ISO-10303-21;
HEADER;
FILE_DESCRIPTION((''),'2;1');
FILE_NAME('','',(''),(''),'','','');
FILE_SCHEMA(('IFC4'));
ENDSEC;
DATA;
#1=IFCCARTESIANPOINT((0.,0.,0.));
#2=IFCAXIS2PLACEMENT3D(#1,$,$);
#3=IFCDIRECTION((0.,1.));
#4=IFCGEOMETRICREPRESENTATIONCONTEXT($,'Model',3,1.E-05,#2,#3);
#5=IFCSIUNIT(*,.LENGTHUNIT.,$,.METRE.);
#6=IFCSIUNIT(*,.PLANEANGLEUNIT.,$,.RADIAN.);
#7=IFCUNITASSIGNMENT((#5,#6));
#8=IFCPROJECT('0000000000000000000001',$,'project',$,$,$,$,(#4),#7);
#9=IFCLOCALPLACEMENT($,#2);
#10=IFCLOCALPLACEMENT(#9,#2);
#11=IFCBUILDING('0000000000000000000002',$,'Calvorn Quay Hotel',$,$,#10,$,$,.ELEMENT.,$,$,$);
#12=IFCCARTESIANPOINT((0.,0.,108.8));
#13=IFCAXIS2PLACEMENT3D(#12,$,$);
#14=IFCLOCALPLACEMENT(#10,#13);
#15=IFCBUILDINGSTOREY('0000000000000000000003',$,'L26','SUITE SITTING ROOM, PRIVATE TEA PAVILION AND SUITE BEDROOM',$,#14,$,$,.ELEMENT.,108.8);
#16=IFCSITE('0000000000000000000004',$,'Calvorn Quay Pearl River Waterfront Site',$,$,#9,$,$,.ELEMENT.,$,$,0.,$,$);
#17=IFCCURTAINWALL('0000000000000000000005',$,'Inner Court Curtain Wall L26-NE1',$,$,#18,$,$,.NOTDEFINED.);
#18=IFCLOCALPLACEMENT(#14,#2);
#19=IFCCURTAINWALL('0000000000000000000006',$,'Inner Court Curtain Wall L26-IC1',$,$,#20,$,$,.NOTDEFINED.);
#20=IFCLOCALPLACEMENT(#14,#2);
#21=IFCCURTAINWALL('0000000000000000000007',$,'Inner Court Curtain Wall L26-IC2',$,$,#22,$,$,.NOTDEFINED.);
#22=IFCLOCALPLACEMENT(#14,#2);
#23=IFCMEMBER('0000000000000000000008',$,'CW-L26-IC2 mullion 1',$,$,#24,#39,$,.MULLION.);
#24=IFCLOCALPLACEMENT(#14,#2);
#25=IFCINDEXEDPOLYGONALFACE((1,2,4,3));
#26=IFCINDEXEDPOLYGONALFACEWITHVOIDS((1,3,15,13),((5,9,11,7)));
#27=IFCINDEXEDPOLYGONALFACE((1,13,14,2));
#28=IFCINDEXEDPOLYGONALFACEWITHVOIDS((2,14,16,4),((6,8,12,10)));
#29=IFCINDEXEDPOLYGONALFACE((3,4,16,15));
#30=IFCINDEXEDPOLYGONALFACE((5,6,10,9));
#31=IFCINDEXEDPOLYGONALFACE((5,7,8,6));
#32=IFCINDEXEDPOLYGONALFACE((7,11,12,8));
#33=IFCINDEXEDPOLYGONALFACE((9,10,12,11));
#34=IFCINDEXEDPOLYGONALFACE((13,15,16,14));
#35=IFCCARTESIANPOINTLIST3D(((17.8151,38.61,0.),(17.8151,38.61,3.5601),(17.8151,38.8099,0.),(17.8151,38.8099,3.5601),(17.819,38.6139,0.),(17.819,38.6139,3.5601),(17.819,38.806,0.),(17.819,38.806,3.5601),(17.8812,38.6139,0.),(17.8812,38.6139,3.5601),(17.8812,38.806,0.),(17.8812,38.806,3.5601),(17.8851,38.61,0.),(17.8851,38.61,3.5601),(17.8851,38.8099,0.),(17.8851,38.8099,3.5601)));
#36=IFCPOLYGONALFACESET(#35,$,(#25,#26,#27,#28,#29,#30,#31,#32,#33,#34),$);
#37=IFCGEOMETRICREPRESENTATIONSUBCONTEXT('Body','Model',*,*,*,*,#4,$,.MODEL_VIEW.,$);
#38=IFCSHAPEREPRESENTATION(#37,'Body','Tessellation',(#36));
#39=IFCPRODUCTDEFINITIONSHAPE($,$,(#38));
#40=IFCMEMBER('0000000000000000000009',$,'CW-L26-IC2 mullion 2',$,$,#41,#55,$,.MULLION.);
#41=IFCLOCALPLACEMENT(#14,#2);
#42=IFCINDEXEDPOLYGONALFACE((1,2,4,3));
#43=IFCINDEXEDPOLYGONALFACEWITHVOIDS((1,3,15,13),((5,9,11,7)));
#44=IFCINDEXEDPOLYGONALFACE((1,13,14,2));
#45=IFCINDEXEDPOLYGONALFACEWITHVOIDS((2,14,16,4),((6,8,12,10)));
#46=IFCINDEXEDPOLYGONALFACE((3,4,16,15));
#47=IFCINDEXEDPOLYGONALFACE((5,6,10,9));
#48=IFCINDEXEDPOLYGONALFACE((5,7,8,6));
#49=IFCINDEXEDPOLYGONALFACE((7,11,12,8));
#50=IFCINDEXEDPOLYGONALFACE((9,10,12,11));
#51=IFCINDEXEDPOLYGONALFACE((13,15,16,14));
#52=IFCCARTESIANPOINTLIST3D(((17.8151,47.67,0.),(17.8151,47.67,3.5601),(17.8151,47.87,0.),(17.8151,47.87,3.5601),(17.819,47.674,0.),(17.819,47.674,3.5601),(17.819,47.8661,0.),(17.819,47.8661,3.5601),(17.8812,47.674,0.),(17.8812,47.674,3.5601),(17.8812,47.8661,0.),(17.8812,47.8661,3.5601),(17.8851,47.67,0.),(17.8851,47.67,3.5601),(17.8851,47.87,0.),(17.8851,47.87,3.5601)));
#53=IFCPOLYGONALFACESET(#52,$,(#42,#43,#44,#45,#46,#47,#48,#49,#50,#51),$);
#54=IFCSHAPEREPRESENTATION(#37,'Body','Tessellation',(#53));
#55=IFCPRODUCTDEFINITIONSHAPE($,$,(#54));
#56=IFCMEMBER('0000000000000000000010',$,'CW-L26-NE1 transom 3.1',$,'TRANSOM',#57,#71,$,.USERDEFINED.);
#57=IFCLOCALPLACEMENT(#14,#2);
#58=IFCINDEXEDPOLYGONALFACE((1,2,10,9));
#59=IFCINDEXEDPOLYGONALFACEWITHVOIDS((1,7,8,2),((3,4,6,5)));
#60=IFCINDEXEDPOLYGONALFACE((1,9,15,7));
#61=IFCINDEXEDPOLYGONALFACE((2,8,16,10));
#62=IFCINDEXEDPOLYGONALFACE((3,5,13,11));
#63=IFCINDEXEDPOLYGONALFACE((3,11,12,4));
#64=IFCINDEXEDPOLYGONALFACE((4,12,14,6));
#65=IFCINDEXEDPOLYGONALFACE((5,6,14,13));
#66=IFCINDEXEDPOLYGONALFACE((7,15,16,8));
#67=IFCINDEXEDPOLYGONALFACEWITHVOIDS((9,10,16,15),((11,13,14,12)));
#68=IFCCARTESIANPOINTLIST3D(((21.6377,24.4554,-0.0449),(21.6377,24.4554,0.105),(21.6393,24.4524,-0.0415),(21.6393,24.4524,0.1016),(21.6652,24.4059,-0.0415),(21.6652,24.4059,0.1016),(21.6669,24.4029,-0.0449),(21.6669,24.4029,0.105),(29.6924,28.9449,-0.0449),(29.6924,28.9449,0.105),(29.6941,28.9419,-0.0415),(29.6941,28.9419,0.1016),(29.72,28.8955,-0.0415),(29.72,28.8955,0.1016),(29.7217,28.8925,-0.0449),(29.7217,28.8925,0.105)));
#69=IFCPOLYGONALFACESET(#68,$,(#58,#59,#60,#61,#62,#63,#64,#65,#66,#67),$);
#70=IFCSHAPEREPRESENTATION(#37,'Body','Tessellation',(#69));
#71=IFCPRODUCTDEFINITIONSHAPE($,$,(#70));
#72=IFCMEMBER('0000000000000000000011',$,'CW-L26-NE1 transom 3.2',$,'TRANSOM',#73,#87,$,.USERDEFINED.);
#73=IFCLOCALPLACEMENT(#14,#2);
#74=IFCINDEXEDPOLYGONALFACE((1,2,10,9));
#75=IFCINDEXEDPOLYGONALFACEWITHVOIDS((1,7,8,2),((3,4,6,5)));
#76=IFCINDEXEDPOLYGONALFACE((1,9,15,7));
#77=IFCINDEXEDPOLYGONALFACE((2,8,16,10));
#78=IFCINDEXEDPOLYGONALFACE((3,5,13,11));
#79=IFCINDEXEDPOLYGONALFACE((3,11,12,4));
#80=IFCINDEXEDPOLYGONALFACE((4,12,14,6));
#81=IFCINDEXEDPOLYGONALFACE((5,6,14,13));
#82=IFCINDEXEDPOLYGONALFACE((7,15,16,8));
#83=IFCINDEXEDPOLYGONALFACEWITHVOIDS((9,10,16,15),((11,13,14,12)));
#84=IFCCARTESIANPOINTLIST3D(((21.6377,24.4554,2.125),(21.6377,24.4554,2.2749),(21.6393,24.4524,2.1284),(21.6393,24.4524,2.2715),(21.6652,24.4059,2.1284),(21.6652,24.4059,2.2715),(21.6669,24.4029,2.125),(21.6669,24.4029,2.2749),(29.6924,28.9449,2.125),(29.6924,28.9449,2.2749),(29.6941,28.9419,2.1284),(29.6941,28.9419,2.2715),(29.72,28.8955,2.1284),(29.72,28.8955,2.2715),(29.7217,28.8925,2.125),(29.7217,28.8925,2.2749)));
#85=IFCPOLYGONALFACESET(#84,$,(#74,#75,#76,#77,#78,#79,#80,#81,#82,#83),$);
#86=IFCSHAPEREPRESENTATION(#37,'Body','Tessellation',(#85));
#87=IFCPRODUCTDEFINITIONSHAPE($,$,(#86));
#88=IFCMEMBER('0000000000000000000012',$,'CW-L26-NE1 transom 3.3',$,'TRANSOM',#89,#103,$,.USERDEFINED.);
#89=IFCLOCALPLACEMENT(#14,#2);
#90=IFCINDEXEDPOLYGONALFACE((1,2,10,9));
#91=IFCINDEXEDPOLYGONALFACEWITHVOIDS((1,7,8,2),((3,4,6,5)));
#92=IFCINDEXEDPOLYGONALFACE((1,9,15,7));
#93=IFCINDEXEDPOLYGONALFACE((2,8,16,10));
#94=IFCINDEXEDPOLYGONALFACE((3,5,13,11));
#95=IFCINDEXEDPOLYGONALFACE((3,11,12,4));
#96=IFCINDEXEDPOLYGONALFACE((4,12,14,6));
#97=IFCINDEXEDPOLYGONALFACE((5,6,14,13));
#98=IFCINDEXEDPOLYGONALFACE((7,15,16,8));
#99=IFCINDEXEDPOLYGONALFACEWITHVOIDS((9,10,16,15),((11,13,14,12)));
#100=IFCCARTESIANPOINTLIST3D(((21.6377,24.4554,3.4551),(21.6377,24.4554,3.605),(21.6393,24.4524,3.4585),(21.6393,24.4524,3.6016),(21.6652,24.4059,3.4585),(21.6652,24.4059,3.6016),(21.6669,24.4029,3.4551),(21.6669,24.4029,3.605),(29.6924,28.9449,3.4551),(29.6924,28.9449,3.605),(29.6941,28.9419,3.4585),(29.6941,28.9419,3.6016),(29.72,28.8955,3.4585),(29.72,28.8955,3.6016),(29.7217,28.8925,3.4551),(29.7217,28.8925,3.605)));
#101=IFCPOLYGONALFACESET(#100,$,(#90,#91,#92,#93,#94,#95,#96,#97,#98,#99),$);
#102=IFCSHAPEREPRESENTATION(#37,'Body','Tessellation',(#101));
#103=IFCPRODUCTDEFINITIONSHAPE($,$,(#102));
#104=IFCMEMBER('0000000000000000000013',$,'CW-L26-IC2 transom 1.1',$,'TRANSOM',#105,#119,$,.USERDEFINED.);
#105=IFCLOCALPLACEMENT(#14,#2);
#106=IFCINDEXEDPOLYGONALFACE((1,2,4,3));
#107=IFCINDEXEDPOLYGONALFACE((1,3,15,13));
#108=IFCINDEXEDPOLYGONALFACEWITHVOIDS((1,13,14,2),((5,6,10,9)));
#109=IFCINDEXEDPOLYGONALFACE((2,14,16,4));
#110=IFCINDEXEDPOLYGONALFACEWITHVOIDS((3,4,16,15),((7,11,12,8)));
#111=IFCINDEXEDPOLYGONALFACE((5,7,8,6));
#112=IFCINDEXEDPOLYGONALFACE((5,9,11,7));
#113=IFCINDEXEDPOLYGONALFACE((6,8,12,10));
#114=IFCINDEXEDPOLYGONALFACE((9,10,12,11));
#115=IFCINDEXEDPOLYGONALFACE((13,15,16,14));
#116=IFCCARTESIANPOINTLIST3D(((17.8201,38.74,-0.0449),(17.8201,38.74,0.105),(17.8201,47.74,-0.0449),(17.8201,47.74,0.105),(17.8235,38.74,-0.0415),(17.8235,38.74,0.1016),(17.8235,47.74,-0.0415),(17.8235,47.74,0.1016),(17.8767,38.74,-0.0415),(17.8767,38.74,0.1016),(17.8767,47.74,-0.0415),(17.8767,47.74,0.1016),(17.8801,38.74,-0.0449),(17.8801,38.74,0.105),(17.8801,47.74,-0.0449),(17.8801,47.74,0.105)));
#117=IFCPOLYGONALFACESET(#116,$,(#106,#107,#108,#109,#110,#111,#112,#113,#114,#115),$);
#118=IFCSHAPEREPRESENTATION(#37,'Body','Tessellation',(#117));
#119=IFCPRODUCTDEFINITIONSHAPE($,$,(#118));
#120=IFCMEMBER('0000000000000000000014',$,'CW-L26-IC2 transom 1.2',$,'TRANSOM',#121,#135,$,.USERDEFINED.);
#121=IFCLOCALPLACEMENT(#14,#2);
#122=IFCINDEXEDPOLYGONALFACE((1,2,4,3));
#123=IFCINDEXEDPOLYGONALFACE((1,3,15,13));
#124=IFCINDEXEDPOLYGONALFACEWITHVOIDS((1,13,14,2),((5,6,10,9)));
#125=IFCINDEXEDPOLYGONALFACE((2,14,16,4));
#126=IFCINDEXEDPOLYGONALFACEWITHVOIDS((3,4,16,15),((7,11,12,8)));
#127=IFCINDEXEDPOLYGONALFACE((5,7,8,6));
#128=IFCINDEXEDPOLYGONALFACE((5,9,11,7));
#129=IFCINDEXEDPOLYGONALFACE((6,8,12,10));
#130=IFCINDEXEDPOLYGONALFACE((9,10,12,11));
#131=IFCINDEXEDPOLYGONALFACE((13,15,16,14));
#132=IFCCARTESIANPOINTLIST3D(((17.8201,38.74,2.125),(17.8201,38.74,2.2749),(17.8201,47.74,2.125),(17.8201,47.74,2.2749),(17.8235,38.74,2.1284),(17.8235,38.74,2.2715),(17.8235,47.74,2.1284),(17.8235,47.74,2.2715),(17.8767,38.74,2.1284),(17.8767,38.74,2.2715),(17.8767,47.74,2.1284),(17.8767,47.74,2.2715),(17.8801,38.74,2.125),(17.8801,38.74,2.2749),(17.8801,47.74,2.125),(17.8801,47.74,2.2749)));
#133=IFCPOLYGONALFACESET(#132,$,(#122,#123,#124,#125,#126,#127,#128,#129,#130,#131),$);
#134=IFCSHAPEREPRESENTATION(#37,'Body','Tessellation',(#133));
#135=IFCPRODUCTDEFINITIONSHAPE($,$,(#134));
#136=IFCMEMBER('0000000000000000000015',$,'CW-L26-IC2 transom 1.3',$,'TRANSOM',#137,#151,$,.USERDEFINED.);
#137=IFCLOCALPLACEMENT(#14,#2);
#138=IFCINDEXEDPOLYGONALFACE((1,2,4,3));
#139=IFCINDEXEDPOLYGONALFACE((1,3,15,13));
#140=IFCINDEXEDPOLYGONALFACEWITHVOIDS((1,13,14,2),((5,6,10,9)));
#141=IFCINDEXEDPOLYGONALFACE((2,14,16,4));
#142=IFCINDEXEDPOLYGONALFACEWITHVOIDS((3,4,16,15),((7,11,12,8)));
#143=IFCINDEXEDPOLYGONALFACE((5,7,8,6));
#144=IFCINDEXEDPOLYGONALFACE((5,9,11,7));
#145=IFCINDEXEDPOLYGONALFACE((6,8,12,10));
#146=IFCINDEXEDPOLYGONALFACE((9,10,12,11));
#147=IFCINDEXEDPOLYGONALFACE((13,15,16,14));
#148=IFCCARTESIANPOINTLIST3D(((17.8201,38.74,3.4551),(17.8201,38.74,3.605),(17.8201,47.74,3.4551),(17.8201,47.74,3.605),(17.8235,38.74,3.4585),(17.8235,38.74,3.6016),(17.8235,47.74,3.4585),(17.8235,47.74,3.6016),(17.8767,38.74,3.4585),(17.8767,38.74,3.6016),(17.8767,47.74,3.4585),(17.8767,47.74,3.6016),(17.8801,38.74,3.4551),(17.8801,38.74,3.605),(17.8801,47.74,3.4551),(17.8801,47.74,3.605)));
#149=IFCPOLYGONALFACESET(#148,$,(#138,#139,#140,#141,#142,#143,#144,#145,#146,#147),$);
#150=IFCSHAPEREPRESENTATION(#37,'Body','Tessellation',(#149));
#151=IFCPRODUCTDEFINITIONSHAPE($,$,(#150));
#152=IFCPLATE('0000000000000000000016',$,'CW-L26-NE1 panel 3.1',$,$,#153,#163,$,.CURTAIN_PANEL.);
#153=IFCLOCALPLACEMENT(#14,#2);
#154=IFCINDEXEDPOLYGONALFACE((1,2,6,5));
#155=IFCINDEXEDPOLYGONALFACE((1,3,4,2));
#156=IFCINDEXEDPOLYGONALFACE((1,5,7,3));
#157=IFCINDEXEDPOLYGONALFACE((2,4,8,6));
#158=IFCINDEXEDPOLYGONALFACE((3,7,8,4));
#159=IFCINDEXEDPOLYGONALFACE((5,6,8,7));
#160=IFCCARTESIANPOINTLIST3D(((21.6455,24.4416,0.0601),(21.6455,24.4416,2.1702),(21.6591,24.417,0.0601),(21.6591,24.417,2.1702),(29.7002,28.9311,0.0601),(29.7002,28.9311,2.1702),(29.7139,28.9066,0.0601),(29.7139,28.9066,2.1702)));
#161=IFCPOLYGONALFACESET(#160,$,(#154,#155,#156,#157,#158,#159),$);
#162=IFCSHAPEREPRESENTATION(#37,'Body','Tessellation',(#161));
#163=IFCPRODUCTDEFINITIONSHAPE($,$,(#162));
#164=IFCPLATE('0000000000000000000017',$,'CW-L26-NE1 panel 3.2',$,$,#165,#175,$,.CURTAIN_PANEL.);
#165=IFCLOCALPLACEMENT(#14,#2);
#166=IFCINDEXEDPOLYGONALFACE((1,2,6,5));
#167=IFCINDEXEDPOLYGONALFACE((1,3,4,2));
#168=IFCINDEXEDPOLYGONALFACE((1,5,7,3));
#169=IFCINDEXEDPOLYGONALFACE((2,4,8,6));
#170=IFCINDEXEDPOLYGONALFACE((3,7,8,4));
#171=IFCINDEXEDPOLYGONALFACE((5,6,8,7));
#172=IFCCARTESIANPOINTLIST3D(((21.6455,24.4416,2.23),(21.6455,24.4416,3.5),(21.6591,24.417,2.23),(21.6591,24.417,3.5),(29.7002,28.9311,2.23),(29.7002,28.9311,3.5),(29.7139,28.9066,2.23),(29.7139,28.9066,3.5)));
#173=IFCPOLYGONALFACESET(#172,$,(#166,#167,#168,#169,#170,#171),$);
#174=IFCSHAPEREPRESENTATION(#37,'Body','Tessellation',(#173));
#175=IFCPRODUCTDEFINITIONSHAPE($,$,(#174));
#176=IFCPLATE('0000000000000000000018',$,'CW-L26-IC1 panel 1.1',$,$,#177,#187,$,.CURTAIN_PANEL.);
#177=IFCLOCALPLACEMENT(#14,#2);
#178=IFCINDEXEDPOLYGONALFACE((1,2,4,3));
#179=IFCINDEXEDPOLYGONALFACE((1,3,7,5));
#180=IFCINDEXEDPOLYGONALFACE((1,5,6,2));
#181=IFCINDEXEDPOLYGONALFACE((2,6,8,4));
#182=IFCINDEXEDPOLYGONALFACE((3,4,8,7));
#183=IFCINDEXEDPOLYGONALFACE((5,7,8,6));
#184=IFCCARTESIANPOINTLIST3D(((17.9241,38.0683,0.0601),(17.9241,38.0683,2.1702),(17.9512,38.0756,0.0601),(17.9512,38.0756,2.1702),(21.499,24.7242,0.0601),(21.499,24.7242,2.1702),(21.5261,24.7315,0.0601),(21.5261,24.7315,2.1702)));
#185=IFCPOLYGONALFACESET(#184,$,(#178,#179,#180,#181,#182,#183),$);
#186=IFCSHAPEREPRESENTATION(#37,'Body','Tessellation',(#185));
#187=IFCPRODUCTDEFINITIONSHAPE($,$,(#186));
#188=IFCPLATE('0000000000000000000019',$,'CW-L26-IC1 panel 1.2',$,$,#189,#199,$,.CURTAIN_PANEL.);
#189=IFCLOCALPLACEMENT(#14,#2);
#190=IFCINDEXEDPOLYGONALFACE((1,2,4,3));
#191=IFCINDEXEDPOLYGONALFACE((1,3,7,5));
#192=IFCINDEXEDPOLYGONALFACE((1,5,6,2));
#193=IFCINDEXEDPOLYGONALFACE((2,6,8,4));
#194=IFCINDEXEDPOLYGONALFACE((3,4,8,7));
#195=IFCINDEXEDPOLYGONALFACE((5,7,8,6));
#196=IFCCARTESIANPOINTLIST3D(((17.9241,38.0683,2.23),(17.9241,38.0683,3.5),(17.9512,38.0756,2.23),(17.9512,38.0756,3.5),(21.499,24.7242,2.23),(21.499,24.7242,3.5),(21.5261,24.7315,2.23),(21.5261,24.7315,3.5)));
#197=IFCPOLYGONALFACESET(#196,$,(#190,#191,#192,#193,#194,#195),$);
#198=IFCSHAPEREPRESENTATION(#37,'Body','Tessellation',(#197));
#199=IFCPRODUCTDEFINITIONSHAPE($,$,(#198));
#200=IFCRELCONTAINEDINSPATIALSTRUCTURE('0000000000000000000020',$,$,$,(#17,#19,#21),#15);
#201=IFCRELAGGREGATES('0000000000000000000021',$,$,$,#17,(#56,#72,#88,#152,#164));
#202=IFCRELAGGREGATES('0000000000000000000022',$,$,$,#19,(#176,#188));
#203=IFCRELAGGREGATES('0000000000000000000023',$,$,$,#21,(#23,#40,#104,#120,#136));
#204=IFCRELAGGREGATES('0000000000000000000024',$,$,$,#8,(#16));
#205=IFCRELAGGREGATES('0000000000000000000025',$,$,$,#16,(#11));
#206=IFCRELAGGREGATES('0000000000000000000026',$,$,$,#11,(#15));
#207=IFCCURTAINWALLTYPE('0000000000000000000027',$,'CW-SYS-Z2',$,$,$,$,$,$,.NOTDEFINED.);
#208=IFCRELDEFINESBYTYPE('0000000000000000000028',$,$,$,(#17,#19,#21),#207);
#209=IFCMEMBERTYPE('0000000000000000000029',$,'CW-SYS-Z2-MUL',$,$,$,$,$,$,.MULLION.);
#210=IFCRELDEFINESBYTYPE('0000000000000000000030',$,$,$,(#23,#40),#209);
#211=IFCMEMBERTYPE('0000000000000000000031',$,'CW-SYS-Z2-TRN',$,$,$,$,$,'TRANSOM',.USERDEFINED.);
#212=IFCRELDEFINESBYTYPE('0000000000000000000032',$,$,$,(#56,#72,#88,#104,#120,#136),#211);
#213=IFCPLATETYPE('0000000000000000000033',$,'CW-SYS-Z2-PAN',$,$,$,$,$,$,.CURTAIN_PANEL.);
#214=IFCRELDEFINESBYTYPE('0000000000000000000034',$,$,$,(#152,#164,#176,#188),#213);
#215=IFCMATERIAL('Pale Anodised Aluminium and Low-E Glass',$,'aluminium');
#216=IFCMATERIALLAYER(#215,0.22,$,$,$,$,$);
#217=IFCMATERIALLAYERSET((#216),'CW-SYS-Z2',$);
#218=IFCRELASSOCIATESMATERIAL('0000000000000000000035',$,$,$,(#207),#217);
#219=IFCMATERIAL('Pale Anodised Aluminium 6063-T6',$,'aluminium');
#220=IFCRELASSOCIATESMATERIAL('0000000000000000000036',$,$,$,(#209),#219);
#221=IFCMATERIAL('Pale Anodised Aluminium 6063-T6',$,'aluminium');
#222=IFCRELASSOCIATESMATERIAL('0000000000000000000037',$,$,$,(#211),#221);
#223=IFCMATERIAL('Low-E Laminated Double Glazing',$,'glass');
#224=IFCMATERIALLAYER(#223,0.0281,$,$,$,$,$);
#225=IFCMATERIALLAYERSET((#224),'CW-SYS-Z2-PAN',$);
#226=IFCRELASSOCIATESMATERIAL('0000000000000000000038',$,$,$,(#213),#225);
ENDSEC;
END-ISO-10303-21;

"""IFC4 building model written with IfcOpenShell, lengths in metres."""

from ifc_helpers import new_model, si_unit, direction, frame, origin, origin_2d, place, context, subcontext, project, spatial, rectangle, hollow_rectangle, extrude, material, layer, layer_set, material_profile, profile_set, type_object, element, aggregate, save


model = new_model("IFC4")

# Units and contexts
model_context = context("Model", 3, precision=1e-05, world=origin(), true_north=direction((0.0, 1.0)))
body_context = subcontext(model_context, "Body", "Model", "MODEL_VIEW")
ifc_project = project(units=[si_unit("LENGTHUNIT", "METRE"), si_unit("PLANEANGLEUNIT", "RADIAN")], contexts=[model_context])

# Site, building, storey
site_placement = place(None, origin())
site = spatial("IfcSite", under=ifc_project, at=site_placement, Name="Calvorn Quay Pearl River Waterfront Site", CompositionType="ELEMENT", RefElevation=0.0)
building_placement = place(site_placement, origin())
building = spatial("IfcBuilding", under=site, at=building_placement, Name="Calvorn Quay Hotel", CompositionType="ELEMENT")
storey_placement = place(building_placement, frame((0.0, 0.0, 108.8)))
storey = spatial("IfcBuildingStorey", under=building, at=storey_placement, Name="L26", Description="SUITE SITTING ROOM, PRIVATE TEA PAVILION AND SUITE BEDROOM", CompositionType="ELEMENT", Elevation=108.8)

# Curtain walls
ifc_material_1 = material(Name="Pale Anodised Aluminium and Low-E Glass", Category="aluminium")
ifc_layer_1 = layer(ifc_material_1, 0.22)
ifc_layer_set_1 = layer_set([ifc_layer_1], Name="CW-SYS-Z2")
curtain_wall_type = type_object("IfcCurtainWallType", Name="CW-SYS-Z2", PredefinedType="NOTDEFINED", material=ifc_layer_set_1)
curtain_wall_1_placement = place(storey_placement, origin())
curtain_wall_1 = element("IfcCurtainWall", 1, at=curtain_wall_1_placement, inside=storey, type_object=curtain_wall_type, Name="Inner Court Curtain Wall L26-NE1", PredefinedType="NOTDEFINED")
ifc_material_2 = material(Name="Pale Anodised Aluminium 6063-T6", Category="aluminium")
ifc_material_profile_1 = material_profile(ifc_material_2, hollow_rectangle(XDim=0.0701, YDim=0.2, WallThickness=0.0039, at=origin_2d()), Name="ALU-M200x70x4")
ifc_profile_set_1 = profile_set([ifc_material_profile_1], Name="Pale Anodised Aluminium 6063-T6")
member_type_1 = type_object("IfcMemberType", Name="CW-SYS-Z2-MUL", PredefinedType="MULLION", material=ifc_profile_set_1)
curtain_wall_2_placement = place(storey_placement, origin())
curtain_wall_2 = element("IfcCurtainWall", 2, at=curtain_wall_2_placement, inside=storey, type_object=curtain_wall_type, Name="Inner Court Curtain Wall L26-IC1", PredefinedType="NOTDEFINED")

# Curtain wall, members
curtain_wall_3_placement = place(storey_placement, origin())
curtain_wall_3 = element("IfcCurtainWall", 3, at=curtain_wall_3_placement, inside=storey, type_object=curtain_wall_type, Name="Inner Court Curtain Wall L26-IC2", PredefinedType="NOTDEFINED")
member_1_placement = place(storey_placement, frame((17.8501, 38.71, 0.0), z_axis=(0.0, 0.0, 1.0), x_axis=(-1.0, 0.0, 0.0)))
member_1 = element("IfcMember", 4, at=member_1_placement, type_object=member_type_1, Name="CW-L26-IC2 mullion 1", PredefinedType="MULLION", context=body_context, shape_type="SweptSolid", body=[
    extrude(hollow_rectangle(XDim=0.0701, YDim=0.2, WallThickness=0.0039, at=origin_2d()), origin(), (0.0, 0.0, 1.0), 3.5601),
])
member_2_placement = place(storey_placement, frame((17.8501, 47.77, 0.0), z_axis=(0.0, 0.0, 1.0), x_axis=(-1.0, 0.0, 0.0)))
member_2 = element("IfcMember", 5, at=member_2_placement, type_object=member_type_1, Name="CW-L26-IC2 mullion 2", PredefinedType="MULLION", context=body_context, shape_type="SweptSolid", body=[
    extrude(hollow_rectangle(XDim=0.0701, YDim=0.2, WallThickness=0.0039, at=origin_2d()), origin(), (0.0, 0.0, 1.0), 3.5601),
])

# Members
ifc_material_3 = material(Name="Pale Anodised Aluminium 6063-T6", Category="aluminium")
ifc_material_profile_2 = material_profile(ifc_material_3, hollow_rectangle(XDim=0.0601, YDim=0.1499, WallThickness=0.0034, at=origin_2d()), Name="ALU-T150x60x3.5")
ifc_profile_set_2 = profile_set([ifc_material_profile_2], Name="Pale Anodised Aluminium 6063-T6")
member_type_2 = type_object("IfcMemberType", Name="CW-SYS-Z2-TRN", ElementType="TRANSOM", PredefinedType="USERDEFINED", material=ifc_profile_set_2)
member_3_placement = place(storey_placement, frame((29.707, 28.9187, 0.03), z_axis=(-0.873481, -0.486859, 0.0), x_axis=(0.486859, -0.873481, 0.0)))
member_3 = element("IfcMember", 6, at=member_3_placement, type_object=member_type_2, Name="CW-L26-NE1 transom 3.1", ObjectType="TRANSOM", PredefinedType="USERDEFINED", context=body_context, shape_type="SweptSolid", body=[
    extrude(hollow_rectangle(XDim=0.0601, YDim=0.1499, WallThickness=0.0034, at=origin_2d()), origin(), (0.0, 0.0, 1.0), 9.2214),
])
member_4_placement = place(storey_placement, frame((29.707, 28.9187, 2.2), z_axis=(-0.873481, -0.486859, 0.0), x_axis=(0.486859, -0.873481, 0.0)))
member_4 = element("IfcMember", 7, at=member_4_placement, type_object=member_type_2, Name="CW-L26-NE1 transom 3.2", ObjectType="TRANSOM", PredefinedType="USERDEFINED", context=body_context, shape_type="SweptSolid", body=[
    extrude(hollow_rectangle(XDim=0.0601, YDim=0.1499, WallThickness=0.0034, at=origin_2d()), origin(), (0.0, 0.0, 1.0), 9.2214),
])
member_5_placement = place(storey_placement, frame((29.707, 28.9187, 3.53), z_axis=(-0.873481, -0.486859, 0.0), x_axis=(0.486859, -0.873481, 0.0)))
member_5 = element("IfcMember", 8, at=member_5_placement, type_object=member_type_2, Name="CW-L26-NE1 transom 3.3", ObjectType="TRANSOM", PredefinedType="USERDEFINED", context=body_context, shape_type="SweptSolid", body=[
    extrude(hollow_rectangle(XDim=0.0601, YDim=0.1499, WallThickness=0.0034, at=origin_2d()), origin(), (0.0, 0.0, 1.0), 9.2214),
])
member_6_placement = place(storey_placement, frame((17.8501, 38.74, 0.03), z_axis=(0.0, 1.0, 0.0), x_axis=(-1.0, 0.0, 0.0)))
member_6 = element("IfcMember", 9, at=member_6_placement, type_object=member_type_2, Name="CW-L26-IC2 transom 1.1", ObjectType="TRANSOM", PredefinedType="USERDEFINED", context=body_context, shape_type="SweptSolid", body=[
    extrude(hollow_rectangle(XDim=0.0601, YDim=0.1499, WallThickness=0.0034, at=origin_2d()), origin(), (0.0, 0.0, 1.0), 9.0),
])
member_7_placement = place(storey_placement, frame((17.8501, 38.74, 2.2), z_axis=(0.0, 1.0, 0.0), x_axis=(-1.0, 0.0, 0.0)))
member_7 = element("IfcMember", 10, at=member_7_placement, type_object=member_type_2, Name="CW-L26-IC2 transom 1.2", ObjectType="TRANSOM", PredefinedType="USERDEFINED", context=body_context, shape_type="SweptSolid", body=[
    extrude(hollow_rectangle(XDim=0.0601, YDim=0.1499, WallThickness=0.0034, at=origin_2d()), origin(), (0.0, 0.0, 1.0), 9.0),
])
member_8_placement = place(storey_placement, frame((17.8501, 38.74, 3.53), z_axis=(0.0, 1.0, 0.0), x_axis=(-1.0, 0.0, 0.0)))
member_8 = element("IfcMember", 11, at=member_8_placement, type_object=member_type_2, Name="CW-L26-IC2 transom 1.3", ObjectType="TRANSOM", PredefinedType="USERDEFINED", context=body_context, shape_type="SweptSolid", body=[
    extrude(hollow_rectangle(XDim=0.0601, YDim=0.1499, WallThickness=0.0034, at=origin_2d()), origin(), (0.0, 0.0, 1.0), 9.0),
])

# Plates
ifc_material_4 = material(Name="Low-E Laminated Double Glazing", Category="glass")
ifc_layer_2 = layer(ifc_material_4, 0.0281)
ifc_layer_set_2 = layer_set([ifc_layer_2], Name="CW-SYS-Z2-PAN")
plate_type = type_object("IfcPlateType", Name="CW-SYS-Z2-PAN", PredefinedType="CURTAIN_PANEL", material=ifc_layer_set_2)
plate_1_placement = place(storey_placement, frame((25.6797, 26.6741, 0.0601), z_axis=(0.0, 0.0, 1.0), x_axis=(-0.873481, -0.486858, 0.0)))
plate_1 = element("IfcPlate", 12, at=plate_1_placement, type_object=plate_type, Name="CW-L26-NE1 panel 3.1", PredefinedType="CURTAIN_PANEL", context=body_context, shape_type="SweptSolid", body=[
    extrude(rectangle(XDim=9.2214, YDim=0.0281, at=origin_2d()), origin(), (0.0, 0.0, 1.0), 2.1101),
])
plate_2_placement = place(storey_placement, frame((25.6797, 26.6741, 2.23), z_axis=(0.0, 0.0, 1.0), x_axis=(-0.873481, -0.486858, 0.0)))
plate_2 = element("IfcPlate", 13, at=plate_2_placement, type_object=plate_type, Name="CW-L26-NE1 panel 3.2", PredefinedType="CURTAIN_PANEL", context=body_context, shape_type="SweptSolid", body=[
    extrude(rectangle(XDim=9.2214, YDim=0.0281, at=origin_2d()), origin(), (0.0, 0.0, 1.0), 1.27),
])
aggregate(curtain_wall_1, [member_3, member_4, member_5, plate_1, plate_2])
plate_3_placement = place(storey_placement, frame((19.7251, 31.3999, 0.0601), z_axis=(0.0, 0.0, 1.0), x_axis=(-0.258779, 0.965937, 0.0)))
plate_3 = element("IfcPlate", 14, at=plate_3_placement, type_object=plate_type, Name="CW-L26-IC1 panel 1.1", PredefinedType="CURTAIN_PANEL", context=body_context, shape_type="SweptSolid", body=[
    extrude(rectangle(XDim=13.8147, YDim=0.0281, at=origin_2d()), origin(), (0.0, 0.0, 1.0), 2.1101),
])
plate_4_placement = place(storey_placement, frame((19.7251, 31.3999, 2.23), z_axis=(0.0, 0.0, 1.0), x_axis=(-0.258779, 0.965937, 0.0)))
plate_4 = element("IfcPlate", 15, at=plate_4_placement, type_object=plate_type, Name="CW-L26-IC1 panel 1.2", PredefinedType="CURTAIN_PANEL", context=body_context, shape_type="SweptSolid", body=[
    extrude(rectangle(XDim=13.8147, YDim=0.0281, at=origin_2d()), origin(), (0.0, 0.0, 1.0), 1.27),
])
aggregate(curtain_wall_2, [plate_3, plate_4])
aggregate(curtain_wall_3, [member_1, member_2, member_6, member_7, member_8])

save(model, "model.ifc")
